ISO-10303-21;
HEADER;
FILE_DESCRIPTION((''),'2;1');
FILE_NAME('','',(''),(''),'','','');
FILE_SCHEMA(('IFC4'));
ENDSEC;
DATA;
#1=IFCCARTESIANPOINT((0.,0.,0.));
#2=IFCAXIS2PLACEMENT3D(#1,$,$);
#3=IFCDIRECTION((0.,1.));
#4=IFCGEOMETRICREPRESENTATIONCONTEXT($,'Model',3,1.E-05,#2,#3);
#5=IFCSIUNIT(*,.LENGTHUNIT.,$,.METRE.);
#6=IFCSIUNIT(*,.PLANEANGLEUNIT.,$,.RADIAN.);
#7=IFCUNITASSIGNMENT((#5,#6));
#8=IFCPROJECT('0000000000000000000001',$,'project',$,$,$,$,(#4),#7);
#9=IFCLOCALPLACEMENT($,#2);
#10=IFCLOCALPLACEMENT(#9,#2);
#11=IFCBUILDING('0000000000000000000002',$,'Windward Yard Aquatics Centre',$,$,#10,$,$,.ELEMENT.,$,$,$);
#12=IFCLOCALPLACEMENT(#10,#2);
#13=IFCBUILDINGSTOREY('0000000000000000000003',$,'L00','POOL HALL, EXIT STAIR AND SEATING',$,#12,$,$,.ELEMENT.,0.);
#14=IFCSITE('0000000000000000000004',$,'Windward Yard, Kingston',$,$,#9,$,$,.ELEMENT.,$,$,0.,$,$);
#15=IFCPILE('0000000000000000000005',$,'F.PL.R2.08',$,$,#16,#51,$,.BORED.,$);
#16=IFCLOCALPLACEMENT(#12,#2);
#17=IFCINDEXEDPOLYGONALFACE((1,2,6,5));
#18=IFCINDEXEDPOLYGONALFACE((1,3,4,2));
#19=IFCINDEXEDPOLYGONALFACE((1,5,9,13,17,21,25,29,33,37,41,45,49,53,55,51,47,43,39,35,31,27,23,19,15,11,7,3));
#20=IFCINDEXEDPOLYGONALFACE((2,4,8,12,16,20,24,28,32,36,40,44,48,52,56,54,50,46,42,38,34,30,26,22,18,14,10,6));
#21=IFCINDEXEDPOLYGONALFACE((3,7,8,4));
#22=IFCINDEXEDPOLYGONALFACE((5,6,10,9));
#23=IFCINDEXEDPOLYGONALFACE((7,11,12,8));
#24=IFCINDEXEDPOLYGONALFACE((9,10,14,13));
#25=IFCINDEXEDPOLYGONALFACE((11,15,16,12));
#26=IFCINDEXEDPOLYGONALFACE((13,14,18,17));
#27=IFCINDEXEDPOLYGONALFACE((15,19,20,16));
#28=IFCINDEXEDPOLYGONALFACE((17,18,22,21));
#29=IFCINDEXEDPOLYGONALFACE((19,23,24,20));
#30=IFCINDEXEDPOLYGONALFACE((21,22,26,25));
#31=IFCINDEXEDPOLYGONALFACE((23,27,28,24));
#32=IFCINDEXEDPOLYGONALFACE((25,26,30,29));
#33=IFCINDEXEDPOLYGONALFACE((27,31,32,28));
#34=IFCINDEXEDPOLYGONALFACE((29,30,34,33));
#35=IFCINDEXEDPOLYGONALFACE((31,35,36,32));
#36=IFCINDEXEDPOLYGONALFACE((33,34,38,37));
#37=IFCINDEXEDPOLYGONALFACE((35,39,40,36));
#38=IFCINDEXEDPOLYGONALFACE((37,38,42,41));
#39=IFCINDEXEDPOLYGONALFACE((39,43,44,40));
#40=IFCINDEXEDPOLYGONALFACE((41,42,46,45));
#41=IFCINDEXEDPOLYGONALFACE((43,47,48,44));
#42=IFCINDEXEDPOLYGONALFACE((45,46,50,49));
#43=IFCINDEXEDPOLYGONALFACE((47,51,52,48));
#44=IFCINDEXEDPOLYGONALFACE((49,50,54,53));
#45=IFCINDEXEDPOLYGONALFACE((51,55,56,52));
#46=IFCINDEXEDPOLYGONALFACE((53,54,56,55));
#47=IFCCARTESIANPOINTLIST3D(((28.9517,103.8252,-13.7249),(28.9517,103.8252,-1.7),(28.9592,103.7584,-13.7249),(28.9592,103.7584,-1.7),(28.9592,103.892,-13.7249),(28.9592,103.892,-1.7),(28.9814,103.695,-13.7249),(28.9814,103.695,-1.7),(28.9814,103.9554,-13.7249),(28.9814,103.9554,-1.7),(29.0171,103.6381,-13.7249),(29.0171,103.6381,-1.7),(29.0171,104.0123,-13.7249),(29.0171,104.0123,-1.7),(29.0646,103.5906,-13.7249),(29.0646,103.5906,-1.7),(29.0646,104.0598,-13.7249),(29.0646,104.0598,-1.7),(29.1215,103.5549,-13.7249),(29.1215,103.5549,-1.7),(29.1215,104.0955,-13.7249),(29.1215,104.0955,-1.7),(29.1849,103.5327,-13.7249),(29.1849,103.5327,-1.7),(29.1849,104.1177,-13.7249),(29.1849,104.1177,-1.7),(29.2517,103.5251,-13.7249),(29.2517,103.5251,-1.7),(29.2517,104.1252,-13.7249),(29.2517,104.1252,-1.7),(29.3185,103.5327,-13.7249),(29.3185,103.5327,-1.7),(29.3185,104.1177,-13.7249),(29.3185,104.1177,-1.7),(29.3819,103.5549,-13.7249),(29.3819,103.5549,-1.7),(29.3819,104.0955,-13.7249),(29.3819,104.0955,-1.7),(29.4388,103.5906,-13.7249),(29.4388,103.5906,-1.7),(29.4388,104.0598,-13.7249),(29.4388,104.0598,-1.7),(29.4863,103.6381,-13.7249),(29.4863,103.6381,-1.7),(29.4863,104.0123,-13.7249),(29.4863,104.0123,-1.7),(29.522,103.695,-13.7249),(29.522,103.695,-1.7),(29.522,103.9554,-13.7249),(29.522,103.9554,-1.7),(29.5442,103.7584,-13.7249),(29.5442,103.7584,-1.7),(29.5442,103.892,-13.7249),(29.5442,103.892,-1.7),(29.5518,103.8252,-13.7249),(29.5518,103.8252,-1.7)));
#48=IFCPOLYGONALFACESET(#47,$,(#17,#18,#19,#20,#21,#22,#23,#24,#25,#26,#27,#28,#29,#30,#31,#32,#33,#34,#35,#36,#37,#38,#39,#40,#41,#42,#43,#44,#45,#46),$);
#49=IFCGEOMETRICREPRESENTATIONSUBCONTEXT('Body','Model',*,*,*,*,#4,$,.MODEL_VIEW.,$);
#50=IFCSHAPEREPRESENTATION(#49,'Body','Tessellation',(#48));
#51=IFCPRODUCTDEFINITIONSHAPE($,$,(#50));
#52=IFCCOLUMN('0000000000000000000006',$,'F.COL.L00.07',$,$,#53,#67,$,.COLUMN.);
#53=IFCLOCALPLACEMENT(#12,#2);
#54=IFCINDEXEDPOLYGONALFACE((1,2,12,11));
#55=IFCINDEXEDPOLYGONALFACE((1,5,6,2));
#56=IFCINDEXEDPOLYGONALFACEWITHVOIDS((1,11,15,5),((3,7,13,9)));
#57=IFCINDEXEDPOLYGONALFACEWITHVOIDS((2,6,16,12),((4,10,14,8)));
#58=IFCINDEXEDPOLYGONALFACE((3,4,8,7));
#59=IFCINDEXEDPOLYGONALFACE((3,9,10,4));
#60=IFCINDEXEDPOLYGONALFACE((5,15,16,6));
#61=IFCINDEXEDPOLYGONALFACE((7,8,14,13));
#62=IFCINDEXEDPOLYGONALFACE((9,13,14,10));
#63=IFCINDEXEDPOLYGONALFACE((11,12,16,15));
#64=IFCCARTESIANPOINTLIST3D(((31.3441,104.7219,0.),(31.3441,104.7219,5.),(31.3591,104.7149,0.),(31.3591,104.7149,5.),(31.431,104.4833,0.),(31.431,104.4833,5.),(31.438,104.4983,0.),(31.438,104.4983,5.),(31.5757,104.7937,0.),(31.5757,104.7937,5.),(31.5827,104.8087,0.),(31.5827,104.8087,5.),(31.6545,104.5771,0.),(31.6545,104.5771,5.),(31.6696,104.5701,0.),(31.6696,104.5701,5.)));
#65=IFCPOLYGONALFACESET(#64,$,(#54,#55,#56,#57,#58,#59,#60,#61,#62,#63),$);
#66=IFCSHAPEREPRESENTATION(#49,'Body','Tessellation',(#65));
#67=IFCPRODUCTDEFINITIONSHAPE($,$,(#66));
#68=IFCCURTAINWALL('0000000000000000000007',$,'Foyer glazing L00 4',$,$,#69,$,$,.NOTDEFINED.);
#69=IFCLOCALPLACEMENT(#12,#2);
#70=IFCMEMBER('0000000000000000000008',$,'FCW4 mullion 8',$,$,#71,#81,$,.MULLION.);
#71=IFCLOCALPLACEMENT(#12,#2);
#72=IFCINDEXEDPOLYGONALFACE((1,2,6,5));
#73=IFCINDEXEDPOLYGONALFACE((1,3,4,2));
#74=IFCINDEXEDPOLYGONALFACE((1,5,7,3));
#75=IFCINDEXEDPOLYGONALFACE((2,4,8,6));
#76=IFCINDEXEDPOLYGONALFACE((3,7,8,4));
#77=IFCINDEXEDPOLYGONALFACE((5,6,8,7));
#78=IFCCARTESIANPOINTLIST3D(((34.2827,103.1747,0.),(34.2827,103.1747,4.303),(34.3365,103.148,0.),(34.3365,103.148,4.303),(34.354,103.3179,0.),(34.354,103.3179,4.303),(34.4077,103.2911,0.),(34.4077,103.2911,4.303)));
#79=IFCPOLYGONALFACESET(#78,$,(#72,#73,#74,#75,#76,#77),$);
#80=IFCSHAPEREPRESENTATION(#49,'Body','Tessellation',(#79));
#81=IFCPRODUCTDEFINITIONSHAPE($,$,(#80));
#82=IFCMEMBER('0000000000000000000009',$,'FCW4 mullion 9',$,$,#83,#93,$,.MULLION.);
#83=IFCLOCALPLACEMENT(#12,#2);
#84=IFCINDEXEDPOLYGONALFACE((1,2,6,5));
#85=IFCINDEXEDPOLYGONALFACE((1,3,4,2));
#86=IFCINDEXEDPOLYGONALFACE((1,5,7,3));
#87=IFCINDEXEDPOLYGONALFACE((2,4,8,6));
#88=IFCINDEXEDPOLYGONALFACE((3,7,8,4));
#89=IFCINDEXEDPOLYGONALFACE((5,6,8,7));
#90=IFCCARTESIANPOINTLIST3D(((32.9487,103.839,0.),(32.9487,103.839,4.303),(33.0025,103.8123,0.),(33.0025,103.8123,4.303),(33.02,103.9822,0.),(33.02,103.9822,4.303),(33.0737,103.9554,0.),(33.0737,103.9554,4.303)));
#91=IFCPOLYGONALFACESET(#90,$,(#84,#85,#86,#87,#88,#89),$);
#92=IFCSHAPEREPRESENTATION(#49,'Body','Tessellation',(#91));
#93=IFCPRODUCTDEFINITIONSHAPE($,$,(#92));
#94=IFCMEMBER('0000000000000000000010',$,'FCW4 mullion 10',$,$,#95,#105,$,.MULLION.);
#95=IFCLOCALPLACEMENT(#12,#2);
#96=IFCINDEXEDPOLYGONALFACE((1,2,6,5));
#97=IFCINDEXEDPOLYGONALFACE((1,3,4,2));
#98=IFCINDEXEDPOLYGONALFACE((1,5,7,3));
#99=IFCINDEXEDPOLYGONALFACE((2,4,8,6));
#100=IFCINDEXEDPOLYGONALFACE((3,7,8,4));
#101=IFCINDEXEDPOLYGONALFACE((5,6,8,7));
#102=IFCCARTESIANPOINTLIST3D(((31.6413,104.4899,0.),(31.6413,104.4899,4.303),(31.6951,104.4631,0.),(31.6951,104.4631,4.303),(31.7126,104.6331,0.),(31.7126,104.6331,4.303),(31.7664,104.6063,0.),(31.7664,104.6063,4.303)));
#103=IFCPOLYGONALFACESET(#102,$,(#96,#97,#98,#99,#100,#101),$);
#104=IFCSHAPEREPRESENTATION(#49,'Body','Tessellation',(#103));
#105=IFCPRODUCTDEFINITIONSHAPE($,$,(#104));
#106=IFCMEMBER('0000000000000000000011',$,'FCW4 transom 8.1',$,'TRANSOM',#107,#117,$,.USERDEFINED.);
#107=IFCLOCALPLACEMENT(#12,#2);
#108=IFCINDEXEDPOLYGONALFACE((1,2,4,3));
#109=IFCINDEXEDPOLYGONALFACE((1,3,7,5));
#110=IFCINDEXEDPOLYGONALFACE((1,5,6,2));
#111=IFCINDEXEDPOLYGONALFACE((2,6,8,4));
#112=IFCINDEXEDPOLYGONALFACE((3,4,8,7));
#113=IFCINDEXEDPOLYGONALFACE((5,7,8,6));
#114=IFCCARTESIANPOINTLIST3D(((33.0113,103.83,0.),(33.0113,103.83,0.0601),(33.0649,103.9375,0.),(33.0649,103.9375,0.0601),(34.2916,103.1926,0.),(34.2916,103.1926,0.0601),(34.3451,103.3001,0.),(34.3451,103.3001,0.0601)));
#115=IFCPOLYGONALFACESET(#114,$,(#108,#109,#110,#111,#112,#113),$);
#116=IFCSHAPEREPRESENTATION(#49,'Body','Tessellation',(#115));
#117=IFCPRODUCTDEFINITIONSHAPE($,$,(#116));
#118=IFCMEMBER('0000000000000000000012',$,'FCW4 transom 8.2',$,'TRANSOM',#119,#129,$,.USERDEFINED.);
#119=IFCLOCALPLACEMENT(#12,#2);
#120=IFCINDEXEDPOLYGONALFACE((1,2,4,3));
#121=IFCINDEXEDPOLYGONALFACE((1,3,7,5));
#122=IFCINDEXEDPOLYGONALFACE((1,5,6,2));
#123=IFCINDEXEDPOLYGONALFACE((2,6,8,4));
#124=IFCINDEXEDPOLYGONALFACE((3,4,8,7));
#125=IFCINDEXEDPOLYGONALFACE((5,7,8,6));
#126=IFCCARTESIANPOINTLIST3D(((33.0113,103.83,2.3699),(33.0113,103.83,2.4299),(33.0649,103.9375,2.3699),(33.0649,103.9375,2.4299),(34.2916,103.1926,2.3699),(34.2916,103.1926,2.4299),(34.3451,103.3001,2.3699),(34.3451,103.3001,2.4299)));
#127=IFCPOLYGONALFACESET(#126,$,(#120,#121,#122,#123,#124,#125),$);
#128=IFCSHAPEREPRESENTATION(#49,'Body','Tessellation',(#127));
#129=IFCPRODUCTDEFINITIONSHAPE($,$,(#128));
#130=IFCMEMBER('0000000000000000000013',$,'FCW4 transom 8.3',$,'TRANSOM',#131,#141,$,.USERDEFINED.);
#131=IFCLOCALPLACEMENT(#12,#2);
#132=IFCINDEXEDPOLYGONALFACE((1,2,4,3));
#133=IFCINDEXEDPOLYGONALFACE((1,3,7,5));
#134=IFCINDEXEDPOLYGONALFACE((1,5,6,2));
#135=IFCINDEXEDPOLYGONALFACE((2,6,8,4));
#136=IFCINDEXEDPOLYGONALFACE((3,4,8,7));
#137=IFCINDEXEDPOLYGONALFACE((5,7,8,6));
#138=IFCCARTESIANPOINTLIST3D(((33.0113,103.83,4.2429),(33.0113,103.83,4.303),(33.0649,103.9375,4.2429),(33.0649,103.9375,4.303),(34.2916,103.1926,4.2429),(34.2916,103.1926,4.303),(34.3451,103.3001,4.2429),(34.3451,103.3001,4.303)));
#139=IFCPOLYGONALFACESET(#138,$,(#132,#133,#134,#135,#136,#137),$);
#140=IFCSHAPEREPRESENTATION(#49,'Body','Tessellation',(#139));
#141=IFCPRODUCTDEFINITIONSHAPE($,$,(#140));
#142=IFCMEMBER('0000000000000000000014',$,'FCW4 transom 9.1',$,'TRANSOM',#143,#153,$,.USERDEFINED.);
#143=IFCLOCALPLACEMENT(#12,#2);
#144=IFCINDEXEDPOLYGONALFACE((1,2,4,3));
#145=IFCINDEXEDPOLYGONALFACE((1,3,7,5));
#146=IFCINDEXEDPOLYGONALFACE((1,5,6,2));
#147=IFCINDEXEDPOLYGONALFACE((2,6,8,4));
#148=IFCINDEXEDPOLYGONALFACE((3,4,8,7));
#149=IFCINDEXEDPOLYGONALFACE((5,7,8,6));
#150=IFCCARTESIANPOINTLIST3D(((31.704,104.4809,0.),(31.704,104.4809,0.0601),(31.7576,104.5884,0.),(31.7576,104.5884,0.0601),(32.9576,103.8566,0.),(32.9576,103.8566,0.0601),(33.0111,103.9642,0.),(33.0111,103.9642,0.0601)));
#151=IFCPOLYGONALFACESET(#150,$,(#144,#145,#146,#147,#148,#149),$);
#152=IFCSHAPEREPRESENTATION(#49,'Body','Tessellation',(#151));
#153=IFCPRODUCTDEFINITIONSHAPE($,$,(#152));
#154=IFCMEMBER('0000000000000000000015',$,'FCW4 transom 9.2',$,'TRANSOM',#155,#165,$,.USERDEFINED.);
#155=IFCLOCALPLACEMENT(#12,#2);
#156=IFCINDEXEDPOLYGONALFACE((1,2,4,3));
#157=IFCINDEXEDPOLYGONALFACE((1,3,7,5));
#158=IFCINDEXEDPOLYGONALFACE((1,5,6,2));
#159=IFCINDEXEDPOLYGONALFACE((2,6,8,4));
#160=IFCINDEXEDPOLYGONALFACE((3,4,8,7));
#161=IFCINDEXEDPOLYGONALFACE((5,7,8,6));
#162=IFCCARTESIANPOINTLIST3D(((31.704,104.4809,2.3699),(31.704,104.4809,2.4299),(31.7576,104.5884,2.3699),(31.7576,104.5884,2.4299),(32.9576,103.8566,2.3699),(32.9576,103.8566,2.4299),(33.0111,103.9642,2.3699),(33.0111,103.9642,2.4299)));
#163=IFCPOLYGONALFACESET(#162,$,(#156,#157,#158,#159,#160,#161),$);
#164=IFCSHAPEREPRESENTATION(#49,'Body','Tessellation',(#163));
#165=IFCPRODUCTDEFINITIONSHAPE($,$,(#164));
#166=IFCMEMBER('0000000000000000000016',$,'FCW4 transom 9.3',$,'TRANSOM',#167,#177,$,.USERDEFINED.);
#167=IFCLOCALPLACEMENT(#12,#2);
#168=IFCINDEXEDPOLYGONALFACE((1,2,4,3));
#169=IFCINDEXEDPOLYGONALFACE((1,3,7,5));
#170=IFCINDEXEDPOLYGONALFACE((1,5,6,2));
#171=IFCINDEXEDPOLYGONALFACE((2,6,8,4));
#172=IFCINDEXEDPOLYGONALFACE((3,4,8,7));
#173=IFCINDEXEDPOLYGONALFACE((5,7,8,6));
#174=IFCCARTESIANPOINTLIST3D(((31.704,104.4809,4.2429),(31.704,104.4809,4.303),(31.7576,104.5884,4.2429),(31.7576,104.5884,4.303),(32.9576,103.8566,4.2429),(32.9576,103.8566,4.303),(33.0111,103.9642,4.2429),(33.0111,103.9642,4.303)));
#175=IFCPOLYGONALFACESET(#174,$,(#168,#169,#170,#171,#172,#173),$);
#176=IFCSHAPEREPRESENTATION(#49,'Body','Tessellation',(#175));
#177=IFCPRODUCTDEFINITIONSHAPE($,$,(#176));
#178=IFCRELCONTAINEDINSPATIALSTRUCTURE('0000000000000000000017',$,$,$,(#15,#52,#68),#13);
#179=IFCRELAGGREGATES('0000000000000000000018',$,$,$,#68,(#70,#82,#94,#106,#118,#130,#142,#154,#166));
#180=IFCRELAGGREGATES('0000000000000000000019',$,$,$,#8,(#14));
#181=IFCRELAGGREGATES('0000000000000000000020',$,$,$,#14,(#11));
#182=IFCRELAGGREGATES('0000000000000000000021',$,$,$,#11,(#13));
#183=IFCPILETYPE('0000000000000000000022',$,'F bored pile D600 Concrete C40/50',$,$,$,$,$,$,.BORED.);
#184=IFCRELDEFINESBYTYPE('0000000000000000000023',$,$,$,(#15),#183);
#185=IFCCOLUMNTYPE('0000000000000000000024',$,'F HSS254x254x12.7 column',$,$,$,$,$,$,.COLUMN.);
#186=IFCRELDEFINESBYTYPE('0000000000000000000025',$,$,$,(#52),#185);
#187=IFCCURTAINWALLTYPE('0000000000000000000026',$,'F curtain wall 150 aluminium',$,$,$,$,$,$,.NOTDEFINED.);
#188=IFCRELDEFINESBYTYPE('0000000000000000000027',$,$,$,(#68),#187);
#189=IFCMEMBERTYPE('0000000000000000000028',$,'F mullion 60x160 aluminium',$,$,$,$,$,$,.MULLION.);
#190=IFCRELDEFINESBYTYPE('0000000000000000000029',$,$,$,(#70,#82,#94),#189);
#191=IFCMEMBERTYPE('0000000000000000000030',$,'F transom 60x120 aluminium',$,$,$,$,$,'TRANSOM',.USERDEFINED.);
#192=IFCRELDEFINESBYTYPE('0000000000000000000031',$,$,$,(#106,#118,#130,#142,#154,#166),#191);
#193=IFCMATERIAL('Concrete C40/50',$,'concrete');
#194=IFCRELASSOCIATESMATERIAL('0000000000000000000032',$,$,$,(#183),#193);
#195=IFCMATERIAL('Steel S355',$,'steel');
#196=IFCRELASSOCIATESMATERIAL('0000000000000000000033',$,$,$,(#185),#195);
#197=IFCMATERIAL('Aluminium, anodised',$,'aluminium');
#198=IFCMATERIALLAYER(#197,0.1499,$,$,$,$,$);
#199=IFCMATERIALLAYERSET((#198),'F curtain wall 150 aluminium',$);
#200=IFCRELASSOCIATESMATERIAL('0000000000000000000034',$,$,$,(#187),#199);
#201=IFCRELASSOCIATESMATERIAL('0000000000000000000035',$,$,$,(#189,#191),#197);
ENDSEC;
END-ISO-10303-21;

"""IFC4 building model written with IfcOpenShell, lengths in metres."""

from ifc_helpers import new_model, si_unit, direction, frame, origin, origin_2d, place, context, subcontext, project, spatial, rectangle, hollow_rectangle, circle, extrude, material, layer, layer_set, material_profile, profile_set, type_object, element, aggregate, save


model = new_model("IFC4")

# Units and contexts
model_context = context("Model", 3, precision=1e-05, world=origin(), true_north=direction((0.0, 1.0)))
body_context = subcontext(model_context, "Body", "Model", "MODEL_VIEW")
ifc_project = project(units=[si_unit("LENGTHUNIT", "METRE"), si_unit("PLANEANGLEUNIT", "RADIAN")], contexts=[model_context])

# Site, building, storey
site_placement = place(None, origin())
site = spatial("IfcSite", under=ifc_project, at=site_placement, Name="Windward Yard, Kingston", CompositionType="ELEMENT", RefElevation=0.0)
building_placement = place(site_placement, origin())
building = spatial("IfcBuilding", under=site, at=building_placement, Name="Windward Yard Aquatics Centre", CompositionType="ELEMENT")
storey_placement = place(building_placement, origin())
storey = spatial("IfcBuildingStorey", under=building, at=storey_placement, Name="L00", Description="POOL HALL, EXIT STAIR AND SEATING", CompositionType="ELEMENT", Elevation=0.0)

# Pile
ifc_material_1 = material(Name="Concrete C40/50", Category="concrete")
ifc_material_profile_1 = material_profile(ifc_material_1, circle(Radius=0.3, at=origin_2d()), Name="D600")
ifc_profile_set_1 = profile_set([ifc_material_profile_1], Name="Concrete C40/50")
pile_type = type_object("IfcPileType", Name="F bored pile D600 Concrete C40/50", PredefinedType="BORED", material=ifc_profile_set_1)
for number, where, z_axis, x_axis, name in (
    (1, (29.2517, 103.8252, -1.7), (0.0, 0.0, -1.0), (1.0, 0.0, 0.0), "F.PL.R2.08"),
):
    element("IfcPile", number, at=place(storey_placement, frame(where, z_axis=z_axis, x_axis=x_axis)), inside=storey, type_object=pile_type, Name=name, PredefinedType="BORED", context=body_context, shape_type="SweptSolid", body=[
        extrude(circle(Radius=0.3, at=origin_2d()), origin(), (0.0, 0.0, 1.0), 12.0249),
    ])

# Column
ifc_material_2 = material(Name="Steel S355", Category="steel")
ifc_material_profile_2 = material_profile(ifc_material_2, hollow_rectangle(XDim=0.2539, YDim=0.2539, WallThickness=0.0117, at=origin_2d()), Name="HSS254x254x12.7")
ifc_profile_set_2 = profile_set([ifc_material_profile_2], Name="Steel S355")
column_type = type_object("IfcColumnType", Name="F HSS254x254x12.7 column", PredefinedType="COLUMN", material=ifc_profile_set_2)
column_placement = place(storey_placement, frame((31.5068, 104.646, 0.0), z_axis=(0.0, 0.0, 1.0), x_axis=(0.939693, 0.34202, 0.0)))
element("IfcColumn", 2, at=column_placement, inside=storey, type_object=column_type, Name="F.COL.L00.07", PredefinedType="COLUMN", context=body_context, shape_type="SweptSolid", body=[
    extrude(hollow_rectangle(XDim=0.2539, YDim=0.2539, WallThickness=0.0117, at=origin_2d()), origin(), (0.0, 0.0, 1.0), 5.0),
])

# Curtain wall, members
ifc_material_3 = material(Name="Aluminium, anodised", Category="aluminium")
ifc_layer_1 = layer(ifc_material_3, 0.1499)
ifc_layer_set_1 = layer_set([ifc_layer_1], Name="F curtain wall 150 aluminium")
curtain_wall_type = type_object("IfcCurtainWallType", Name="F curtain wall 150 aluminium", PredefinedType="NOTDEFINED", material=ifc_layer_set_1)
curtain_wall_placement = place(storey_placement, origin())
curtain_wall = element("IfcCurtainWall", 3, at=curtain_wall_placement, inside=storey, type_object=curtain_wall_type, Name="Foyer glazing L00 4", PredefinedType="NOTDEFINED")
ifc_material_profile_3 = material_profile(ifc_material_3, rectangle(XDim=0.1599, YDim=0.0601, at=origin_2d()), Name="MULLION 60x160")
ifc_profile_set_3 = profile_set([ifc_material_profile_3], Name="Aluminium, anodised")
member_type_1 = type_object("IfcMemberType", Name="F mullion 60x160 aluminium", PredefinedType="MULLION", material=ifc_profile_set_3)
member_1_placement = place(storey_placement, frame((34.3452, 103.2329, 0.0), z_axis=(0.0, 0.0, 1.0), x_axis=(-0.445707, -0.895179, 0.0)))
member_1 = element("IfcMember", 4, at=member_1_placement, type_object=member_type_1, Name="FCW4 mullion 8", PredefinedType="MULLION", context=body_context, shape_type="SweptSolid", body=[
    extrude(rectangle(XDim=0.1599, YDim=0.0601, at=origin_2d()), origin(), (0.0, 0.0, 1.0), 4.303),
])
member_2_placement = place(storey_placement, frame((33.0112, 103.8972, 0.0), z_axis=(0.0, 0.0, 1.0), x_axis=(-0.445707, -0.895179, 0.0)))
member_2 = element("IfcMember", 5, at=member_2_placement, type_object=member_type_1, Name="FCW4 mullion 9", PredefinedType="MULLION", context=body_context, shape_type="SweptSolid", body=[
    extrude(rectangle(XDim=0.1599, YDim=0.0601, at=origin_2d()), origin(), (0.0, 0.0, 1.0), 4.303),
])
member_3_placement = place(storey_placement, frame((31.7039, 104.5481, 0.0), z_axis=(0.0, 0.0, 1.0), x_axis=(-0.445707, -0.895179, 0.0)))
member_3 = element("IfcMember", 6, at=member_3_placement, type_object=member_type_1, Name="FCW4 mullion 10", PredefinedType="MULLION", context=body_context, shape_type="SweptSolid", body=[
    extrude(rectangle(XDim=0.1599, YDim=0.0601, at=origin_2d()), origin(), (0.0, 0.0, 1.0), 4.303),
])
ifc_material_profile_4 = material_profile(ifc_material_3, rectangle(XDim=0.1201, YDim=0.0601, at=origin_2d()), Name="TRANSOM 60x120")
ifc_profile_set_4 = profile_set([ifc_material_profile_4], Name="Aluminium, anodised")
member_type_2 = type_object("IfcMemberType", Name="F transom 60x120 aluminium", ElementType="TRANSOM", PredefinedType="USERDEFINED", material=ifc_profile_set_4)
member_4_placement = place(storey_placement, frame((34.3184, 103.2463, 0.03), z_axis=(-0.895177, 0.445711, 0.0), x_axis=(-0.445711, -0.895177, 0.0)))
member_4 = element("IfcMember", 7, at=member_4_placement, type_object=member_type_2, Name="FCW4 transom 8.1", ObjectType="TRANSOM", PredefinedType="USERDEFINED", context=body_context, shape_type="SweptSolid", body=[
    extrude(rectangle(XDim=0.1201, YDim=0.0601, at=origin_2d()), origin(), (0.0, 0.0, 1.0), 1.4302),
])
member_5_placement = place(storey_placement, frame((34.3184, 103.2463, 2.3999), z_axis=(-0.895177, 0.445711, 0.0), x_axis=(-0.445711, -0.895177, 0.0)))
member_5 = element("IfcMember", 8, at=member_5_placement, type_object=member_type_2, Name="FCW4 transom 8.2", ObjectType="TRANSOM", PredefinedType="USERDEFINED", context=body_context, shape_type="SweptSolid", body=[
    extrude(rectangle(XDim=0.1201, YDim=0.0601, at=origin_2d()), origin(), (0.0, 0.0, 1.0), 1.4302),
])
member_6_placement = place(storey_placement, frame((34.3184, 103.2463, 4.2729), z_axis=(-0.895177, 0.445711, 0.0), x_axis=(-0.445711, -0.895177, 0.0)))
member_6 = element("IfcMember", 9, at=member_6_placement, type_object=member_type_2, Name="FCW4 transom 8.3", ObjectType="TRANSOM", PredefinedType="USERDEFINED", context=body_context, shape_type="SweptSolid", body=[
    extrude(rectangle(XDim=0.1201, YDim=0.0601, at=origin_2d()), origin(), (0.0, 0.0, 1.0), 1.4302),
])
member_7_placement = place(storey_placement, frame((32.9844, 103.9104, 0.03), z_axis=(-0.895158, 0.445749, 0.0), x_axis=(-0.445749, -0.895158, 0.0)))
member_7 = element("IfcMember", 10, at=member_7_placement, type_object=member_type_2, Name="FCW4 transom 9.1", ObjectType="TRANSOM", PredefinedType="USERDEFINED", context=body_context, shape_type="SweptSolid", body=[
    extrude(rectangle(XDim=0.1201, YDim=0.0601, at=origin_2d()), origin(), (0.0, 0.0, 1.0), 1.4004),
])
member_8_placement = place(storey_placement, frame((32.9844, 103.9104, 2.3999), z_axis=(-0.895158, 0.445749, 0.0), x_axis=(-0.445749, -0.895158, 0.0)))
member_8 = element("IfcMember", 11, at=member_8_placement, type_object=member_type_2, Name="FCW4 transom 9.2", ObjectType="TRANSOM", PredefinedType="USERDEFINED", context=body_context, shape_type="SweptSolid", body=[
    extrude(rectangle(XDim=0.1201, YDim=0.0601, at=origin_2d()), origin(), (0.0, 0.0, 1.0), 1.4004),
])
member_9_placement = place(storey_placement, frame((32.9844, 103.9104, 4.2729), z_axis=(-0.895158, 0.445749, 0.0), x_axis=(-0.445749, -0.895158, 0.0)))
member_9 = element("IfcMember", 12, at=member_9_placement, type_object=member_type_2, Name="FCW4 transom 9.3", ObjectType="TRANSOM", PredefinedType="USERDEFINED", context=body_context, shape_type="SweptSolid", body=[
    extrude(rectangle(XDim=0.1201, YDim=0.0601, at=origin_2d()), origin(), (0.0, 0.0, 1.0), 1.4004),
])
aggregate(curtain_wall, [member_1, member_2, member_3, member_4, member_5, member_6, member_7, member_8, member_9])

save(model, "model.ifc")
